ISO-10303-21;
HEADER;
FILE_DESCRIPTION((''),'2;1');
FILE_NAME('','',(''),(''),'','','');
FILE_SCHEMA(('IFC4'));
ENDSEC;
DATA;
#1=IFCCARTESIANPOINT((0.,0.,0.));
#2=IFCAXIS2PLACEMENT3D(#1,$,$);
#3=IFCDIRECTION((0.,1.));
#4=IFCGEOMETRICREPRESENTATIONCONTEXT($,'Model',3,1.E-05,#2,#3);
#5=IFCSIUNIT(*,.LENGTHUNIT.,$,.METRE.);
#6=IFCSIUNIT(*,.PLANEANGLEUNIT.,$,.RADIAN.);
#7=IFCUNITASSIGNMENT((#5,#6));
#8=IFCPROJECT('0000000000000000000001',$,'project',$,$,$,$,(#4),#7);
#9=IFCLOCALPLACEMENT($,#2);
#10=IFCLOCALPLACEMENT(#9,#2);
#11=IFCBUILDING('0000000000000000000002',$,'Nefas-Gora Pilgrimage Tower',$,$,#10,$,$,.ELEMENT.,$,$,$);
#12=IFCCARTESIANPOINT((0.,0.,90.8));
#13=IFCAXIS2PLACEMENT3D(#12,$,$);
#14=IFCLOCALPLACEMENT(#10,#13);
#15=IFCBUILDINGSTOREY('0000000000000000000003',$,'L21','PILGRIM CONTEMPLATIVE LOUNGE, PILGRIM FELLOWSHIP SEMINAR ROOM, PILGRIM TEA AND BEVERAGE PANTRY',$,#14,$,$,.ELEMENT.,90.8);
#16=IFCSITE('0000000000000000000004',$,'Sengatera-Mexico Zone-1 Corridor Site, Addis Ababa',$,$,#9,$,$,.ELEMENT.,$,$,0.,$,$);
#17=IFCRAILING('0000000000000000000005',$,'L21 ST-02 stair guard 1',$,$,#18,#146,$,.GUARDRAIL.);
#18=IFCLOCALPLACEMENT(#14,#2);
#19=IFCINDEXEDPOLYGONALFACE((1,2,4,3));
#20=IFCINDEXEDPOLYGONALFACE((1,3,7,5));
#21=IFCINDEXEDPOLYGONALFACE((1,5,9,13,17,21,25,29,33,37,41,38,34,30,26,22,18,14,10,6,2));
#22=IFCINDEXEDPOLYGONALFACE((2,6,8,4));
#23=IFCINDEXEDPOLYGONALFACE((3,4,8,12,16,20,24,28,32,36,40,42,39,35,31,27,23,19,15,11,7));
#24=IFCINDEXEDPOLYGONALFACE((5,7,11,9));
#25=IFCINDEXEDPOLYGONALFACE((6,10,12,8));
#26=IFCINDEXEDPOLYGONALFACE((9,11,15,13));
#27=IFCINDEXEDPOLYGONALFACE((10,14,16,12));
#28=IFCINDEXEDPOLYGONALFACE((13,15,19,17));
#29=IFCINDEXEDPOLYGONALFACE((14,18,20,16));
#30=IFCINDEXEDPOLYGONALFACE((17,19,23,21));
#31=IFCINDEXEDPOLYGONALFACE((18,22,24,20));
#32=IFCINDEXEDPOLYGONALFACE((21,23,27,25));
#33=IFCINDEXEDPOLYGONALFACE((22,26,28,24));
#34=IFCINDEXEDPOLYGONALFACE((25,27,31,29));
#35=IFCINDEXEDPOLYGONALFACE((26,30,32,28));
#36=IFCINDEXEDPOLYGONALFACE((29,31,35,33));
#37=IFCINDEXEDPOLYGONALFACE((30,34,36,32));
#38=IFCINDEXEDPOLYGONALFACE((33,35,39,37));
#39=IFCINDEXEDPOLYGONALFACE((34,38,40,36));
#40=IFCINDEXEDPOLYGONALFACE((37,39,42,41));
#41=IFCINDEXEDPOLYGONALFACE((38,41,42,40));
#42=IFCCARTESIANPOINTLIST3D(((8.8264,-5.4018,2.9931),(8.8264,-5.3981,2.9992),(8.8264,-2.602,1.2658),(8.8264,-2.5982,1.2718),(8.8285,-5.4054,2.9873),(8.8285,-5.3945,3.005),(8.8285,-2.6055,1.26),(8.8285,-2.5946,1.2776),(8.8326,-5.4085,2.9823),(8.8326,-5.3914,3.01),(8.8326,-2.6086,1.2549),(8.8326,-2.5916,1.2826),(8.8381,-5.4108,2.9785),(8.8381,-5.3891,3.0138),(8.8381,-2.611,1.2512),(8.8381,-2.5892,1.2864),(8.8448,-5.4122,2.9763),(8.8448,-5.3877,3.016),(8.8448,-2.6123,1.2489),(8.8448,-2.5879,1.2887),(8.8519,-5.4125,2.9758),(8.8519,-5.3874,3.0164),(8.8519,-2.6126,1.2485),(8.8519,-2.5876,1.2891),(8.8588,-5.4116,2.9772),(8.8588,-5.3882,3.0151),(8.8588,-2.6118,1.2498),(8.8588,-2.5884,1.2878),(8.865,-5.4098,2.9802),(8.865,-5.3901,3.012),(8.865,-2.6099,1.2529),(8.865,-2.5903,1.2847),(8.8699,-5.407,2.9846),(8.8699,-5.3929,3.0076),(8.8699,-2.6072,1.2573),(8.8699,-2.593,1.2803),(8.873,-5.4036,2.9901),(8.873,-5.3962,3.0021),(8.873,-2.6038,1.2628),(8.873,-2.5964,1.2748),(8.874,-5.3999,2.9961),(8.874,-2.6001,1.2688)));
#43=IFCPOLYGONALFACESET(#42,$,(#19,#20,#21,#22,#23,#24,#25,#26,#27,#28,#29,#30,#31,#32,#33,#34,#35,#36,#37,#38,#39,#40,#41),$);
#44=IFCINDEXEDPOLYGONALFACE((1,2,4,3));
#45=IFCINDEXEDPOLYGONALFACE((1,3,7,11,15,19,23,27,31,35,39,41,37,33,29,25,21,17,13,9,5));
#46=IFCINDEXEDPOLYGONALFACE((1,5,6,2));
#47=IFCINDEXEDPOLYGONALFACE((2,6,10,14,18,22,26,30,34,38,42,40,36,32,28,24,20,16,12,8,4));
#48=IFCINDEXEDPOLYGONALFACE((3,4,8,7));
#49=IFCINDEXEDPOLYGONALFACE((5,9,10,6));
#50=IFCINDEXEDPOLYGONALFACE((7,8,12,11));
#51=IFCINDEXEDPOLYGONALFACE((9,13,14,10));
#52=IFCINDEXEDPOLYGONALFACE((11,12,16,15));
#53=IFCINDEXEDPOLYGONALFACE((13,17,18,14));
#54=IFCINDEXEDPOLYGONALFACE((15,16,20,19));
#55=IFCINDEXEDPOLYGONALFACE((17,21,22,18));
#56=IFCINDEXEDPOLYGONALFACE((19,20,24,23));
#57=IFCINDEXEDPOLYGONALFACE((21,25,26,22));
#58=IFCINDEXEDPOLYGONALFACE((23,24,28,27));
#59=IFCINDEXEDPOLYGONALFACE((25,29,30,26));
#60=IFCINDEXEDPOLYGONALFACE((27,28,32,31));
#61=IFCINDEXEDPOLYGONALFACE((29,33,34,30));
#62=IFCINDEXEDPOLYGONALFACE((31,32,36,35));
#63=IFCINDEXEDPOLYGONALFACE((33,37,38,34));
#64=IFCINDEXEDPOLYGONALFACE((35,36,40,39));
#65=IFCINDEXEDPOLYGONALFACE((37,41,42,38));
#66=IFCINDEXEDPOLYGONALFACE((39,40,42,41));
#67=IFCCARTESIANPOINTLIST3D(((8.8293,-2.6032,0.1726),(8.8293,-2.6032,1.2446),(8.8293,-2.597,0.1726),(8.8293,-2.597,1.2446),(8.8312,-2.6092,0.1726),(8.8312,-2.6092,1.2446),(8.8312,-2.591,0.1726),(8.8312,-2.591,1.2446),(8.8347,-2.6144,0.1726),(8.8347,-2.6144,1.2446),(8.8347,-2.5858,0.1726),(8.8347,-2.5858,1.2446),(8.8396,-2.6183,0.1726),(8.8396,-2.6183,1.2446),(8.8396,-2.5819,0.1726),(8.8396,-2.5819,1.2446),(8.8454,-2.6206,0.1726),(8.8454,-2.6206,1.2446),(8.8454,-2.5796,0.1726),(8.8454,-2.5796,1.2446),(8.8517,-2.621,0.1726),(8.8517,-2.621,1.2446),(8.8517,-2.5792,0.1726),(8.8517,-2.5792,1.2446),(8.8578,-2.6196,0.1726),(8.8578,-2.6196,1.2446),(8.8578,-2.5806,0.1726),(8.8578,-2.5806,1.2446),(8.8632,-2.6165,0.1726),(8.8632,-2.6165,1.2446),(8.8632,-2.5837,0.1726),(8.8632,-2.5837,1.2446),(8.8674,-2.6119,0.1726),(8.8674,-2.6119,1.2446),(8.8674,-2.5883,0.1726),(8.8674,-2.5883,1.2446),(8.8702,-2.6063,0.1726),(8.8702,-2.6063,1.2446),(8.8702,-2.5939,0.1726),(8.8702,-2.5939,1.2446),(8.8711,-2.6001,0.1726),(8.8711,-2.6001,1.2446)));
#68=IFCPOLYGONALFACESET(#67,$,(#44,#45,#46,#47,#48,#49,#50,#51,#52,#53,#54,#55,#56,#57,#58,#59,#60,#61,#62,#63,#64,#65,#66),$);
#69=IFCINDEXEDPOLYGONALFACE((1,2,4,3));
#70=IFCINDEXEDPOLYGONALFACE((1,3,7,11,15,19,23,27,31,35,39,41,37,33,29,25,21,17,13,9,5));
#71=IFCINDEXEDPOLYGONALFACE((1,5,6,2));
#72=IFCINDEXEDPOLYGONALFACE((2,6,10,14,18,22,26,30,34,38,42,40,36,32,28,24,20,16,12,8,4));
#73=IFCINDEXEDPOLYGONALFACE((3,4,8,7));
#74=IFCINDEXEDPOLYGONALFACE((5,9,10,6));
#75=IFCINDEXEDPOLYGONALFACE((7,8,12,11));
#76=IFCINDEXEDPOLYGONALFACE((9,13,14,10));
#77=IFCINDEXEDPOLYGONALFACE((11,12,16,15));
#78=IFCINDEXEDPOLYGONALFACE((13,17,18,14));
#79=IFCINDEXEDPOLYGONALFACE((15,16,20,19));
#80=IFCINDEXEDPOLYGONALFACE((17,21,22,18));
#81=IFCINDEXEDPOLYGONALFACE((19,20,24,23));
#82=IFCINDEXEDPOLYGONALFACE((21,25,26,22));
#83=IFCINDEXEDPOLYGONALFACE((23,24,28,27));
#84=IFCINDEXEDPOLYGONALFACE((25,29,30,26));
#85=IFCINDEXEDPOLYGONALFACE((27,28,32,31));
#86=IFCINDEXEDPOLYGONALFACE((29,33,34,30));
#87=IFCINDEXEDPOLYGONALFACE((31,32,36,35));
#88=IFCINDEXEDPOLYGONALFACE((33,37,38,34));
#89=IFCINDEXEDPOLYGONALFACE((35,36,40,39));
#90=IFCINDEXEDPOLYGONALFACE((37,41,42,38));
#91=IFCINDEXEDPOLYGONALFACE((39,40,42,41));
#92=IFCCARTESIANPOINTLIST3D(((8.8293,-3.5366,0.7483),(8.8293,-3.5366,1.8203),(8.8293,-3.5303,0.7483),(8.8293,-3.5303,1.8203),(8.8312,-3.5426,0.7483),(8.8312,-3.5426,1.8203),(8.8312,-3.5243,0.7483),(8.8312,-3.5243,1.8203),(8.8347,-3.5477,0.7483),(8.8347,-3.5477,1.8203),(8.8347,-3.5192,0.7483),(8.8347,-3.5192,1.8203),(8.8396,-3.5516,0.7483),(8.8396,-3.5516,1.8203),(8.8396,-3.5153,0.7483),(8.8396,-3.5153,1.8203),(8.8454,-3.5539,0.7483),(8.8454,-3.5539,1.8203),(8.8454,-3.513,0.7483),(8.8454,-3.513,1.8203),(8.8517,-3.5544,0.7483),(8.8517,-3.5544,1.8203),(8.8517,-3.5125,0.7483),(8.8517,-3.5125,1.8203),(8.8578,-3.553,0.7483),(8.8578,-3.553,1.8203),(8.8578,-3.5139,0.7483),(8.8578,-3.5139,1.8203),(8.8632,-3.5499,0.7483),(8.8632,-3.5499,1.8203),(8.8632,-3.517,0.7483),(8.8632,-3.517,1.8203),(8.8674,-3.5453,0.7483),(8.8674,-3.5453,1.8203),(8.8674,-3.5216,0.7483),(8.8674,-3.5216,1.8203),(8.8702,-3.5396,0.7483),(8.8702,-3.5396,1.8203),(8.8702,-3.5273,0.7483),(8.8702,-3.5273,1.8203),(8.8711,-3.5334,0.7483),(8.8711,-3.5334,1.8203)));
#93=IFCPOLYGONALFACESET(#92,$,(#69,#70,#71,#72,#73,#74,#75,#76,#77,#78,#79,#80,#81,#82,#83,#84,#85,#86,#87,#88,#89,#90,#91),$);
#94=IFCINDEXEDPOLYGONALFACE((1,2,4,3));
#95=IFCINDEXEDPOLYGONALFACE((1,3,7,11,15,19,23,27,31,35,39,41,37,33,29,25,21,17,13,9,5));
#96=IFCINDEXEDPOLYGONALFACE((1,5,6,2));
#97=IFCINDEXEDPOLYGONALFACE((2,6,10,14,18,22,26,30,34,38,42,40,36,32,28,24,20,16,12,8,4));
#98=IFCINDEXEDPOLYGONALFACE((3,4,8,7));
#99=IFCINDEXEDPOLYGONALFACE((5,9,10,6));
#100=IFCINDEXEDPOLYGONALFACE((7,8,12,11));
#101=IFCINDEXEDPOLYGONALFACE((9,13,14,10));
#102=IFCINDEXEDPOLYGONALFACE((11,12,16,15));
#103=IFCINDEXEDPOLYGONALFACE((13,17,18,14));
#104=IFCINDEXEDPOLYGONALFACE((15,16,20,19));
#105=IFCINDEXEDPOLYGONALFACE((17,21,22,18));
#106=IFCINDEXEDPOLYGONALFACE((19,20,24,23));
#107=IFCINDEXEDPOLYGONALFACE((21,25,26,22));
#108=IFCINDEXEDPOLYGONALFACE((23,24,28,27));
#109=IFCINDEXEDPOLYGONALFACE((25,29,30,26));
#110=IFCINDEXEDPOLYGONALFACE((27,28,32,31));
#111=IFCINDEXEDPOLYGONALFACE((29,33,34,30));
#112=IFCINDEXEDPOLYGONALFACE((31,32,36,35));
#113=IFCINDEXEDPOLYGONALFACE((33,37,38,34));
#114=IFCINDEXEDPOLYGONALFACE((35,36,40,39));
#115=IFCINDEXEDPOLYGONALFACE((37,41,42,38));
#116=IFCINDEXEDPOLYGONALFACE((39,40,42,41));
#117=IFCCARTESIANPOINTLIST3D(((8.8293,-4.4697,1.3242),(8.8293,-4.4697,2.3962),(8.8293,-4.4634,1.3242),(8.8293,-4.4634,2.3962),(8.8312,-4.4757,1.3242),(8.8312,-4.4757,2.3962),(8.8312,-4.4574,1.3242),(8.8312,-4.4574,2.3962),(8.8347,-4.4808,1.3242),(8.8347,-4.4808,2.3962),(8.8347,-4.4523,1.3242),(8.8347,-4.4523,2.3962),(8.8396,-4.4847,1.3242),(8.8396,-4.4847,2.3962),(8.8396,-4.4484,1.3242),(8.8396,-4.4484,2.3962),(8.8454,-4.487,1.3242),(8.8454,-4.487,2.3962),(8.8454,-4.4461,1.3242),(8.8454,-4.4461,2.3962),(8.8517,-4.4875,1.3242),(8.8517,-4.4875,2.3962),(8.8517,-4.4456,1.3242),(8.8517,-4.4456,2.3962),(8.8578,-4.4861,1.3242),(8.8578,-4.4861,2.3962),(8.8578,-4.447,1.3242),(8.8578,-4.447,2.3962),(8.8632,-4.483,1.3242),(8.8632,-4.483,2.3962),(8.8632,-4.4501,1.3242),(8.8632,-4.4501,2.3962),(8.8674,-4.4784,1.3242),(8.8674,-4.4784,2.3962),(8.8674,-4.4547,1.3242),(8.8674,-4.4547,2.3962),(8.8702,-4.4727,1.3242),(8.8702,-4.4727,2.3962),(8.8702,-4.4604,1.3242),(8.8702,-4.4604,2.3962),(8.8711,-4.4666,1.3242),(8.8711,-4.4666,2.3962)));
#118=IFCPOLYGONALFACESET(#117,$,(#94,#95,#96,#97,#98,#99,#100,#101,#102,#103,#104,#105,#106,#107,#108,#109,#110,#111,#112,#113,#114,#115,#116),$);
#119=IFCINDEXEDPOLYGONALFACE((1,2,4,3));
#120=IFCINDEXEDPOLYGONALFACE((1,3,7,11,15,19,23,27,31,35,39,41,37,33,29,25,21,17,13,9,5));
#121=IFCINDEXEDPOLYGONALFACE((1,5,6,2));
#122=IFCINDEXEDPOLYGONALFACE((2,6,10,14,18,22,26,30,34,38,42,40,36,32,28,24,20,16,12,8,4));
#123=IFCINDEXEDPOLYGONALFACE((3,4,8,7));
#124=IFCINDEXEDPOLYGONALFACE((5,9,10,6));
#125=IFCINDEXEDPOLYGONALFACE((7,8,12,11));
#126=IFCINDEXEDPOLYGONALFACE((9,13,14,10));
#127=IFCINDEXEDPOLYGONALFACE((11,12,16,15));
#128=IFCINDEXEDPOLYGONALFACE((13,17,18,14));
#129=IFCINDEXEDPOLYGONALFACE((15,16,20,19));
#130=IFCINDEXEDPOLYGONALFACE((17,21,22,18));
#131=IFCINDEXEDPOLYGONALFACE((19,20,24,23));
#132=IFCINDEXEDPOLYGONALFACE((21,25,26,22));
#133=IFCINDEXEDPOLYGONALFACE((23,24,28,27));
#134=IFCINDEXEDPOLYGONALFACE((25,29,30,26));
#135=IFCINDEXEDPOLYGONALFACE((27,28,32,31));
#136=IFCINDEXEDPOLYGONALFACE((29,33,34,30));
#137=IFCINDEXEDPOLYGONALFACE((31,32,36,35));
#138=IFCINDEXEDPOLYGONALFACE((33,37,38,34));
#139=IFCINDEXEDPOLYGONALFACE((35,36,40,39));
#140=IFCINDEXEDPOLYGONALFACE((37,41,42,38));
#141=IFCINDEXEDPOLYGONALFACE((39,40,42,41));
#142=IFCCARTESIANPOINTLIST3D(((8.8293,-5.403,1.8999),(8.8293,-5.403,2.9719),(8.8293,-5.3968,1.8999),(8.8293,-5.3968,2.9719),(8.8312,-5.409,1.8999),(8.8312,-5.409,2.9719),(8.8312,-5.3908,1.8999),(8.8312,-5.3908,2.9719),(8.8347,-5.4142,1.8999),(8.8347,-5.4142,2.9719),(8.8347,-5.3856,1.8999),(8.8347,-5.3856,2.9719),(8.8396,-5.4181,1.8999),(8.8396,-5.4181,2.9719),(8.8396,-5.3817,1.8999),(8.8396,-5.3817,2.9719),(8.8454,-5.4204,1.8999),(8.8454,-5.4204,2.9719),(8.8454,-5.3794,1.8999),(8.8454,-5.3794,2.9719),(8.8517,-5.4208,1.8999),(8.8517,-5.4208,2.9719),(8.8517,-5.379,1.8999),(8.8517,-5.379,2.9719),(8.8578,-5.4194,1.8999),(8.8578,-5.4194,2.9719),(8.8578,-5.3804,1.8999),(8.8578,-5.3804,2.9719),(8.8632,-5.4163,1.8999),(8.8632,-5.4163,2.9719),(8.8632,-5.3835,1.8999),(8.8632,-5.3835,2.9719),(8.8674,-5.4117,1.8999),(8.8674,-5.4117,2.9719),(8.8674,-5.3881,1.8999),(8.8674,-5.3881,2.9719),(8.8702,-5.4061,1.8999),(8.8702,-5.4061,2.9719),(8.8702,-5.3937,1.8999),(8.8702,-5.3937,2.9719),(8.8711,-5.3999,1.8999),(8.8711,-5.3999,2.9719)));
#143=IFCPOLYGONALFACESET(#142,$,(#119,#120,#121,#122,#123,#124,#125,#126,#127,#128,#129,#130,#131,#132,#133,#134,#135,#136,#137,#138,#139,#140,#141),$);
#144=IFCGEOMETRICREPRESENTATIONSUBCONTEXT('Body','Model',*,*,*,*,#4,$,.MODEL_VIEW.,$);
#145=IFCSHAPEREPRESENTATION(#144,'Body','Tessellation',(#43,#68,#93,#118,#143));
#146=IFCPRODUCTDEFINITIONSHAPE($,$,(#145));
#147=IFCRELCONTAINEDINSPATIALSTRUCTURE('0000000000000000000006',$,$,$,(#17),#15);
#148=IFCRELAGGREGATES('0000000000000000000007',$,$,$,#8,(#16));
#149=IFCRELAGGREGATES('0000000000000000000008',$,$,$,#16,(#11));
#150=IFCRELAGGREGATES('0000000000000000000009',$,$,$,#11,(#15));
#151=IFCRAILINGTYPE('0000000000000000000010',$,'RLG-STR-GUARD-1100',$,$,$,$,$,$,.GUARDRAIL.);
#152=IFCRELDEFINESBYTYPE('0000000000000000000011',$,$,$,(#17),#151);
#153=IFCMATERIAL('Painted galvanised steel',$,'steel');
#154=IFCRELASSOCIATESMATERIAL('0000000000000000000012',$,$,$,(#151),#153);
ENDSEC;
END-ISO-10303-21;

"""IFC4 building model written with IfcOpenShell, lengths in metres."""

from ifc_helpers import new_model, si_unit, direction, frame, origin, origin_2d, place, context, subcontext, project, spatial, circle, extrude, material, type_object, element, save


model = new_model("IFC4")

# Units and contexts
model_context = context("Model", 3, precision=1e-05, world=origin(), true_north=direction((0.0, 1.0)))
body_context = subcontext(model_context, "Body", "Model", "MODEL_VIEW")
ifc_project = project(units=[si_unit("LENGTHUNIT", "METRE"), si_unit("PLANEANGLEUNIT", "RADIAN")], contexts=[model_context])

# Site, building, storey
site_placement = place(None, origin())
site = spatial("IfcSite", under=ifc_project, at=site_placement, Name="Sengatera-Mexico Zone-1 Corridor Site, Addis Ababa", CompositionType="ELEMENT", RefElevation=0.0)
building_placement = place(site_placement, origin())
building = spatial("IfcBuilding", under=site, at=building_placement, Name="Nefas-Gora Pilgrimage Tower", CompositionType="ELEMENT")
storey_placement = place(building_placement, frame((0.0, 0.0, 90.8)))
storey = spatial("IfcBuildingStorey", under=building, at=storey_placement, Name="L21", Description="PILGRIM CONTEMPLATIVE LOUNGE, PILGRIM FELLOWSHIP SEMINAR ROOM, PILGRIM TEA AND BEVERAGE PANTRY", CompositionType="ELEMENT", Elevation=90.8)

# Railing
ifc_material_1 = material(Name="Painted galvanised steel", Category="steel")
railing_type_1 = type_object("IfcRailingType", Name="RLG-STR-GUARD-1100", PredefinedType="GUARDRAIL", material=ifc_material_1)
railing_1_placement = place(storey_placement, frame((8.8501, -2.6001, 0.1726)))
element("IfcRailing", 1, at=railing_1_placement, inside=storey, type_object=railing_type_1, Name="L21 ST-02 stair guard 1", PredefinedType="GUARDRAIL", context=body_context, shape_type="SweptSolid", body=[
    extrude(circle(Radius=0.0239, at=origin_2d()), frame((0.0, 0.0, 1.0962), z_axis=(0.0, -0.851069, 0.525054), x_axis=(1.0, 0.0, 0.0)), (0.0, 0.0, 1.0), 3.2898),
    extrude(circle(Radius=0.021, at=origin_2d()), origin(), (0.0, 0.0, 1.0), 1.072),
    extrude(circle(Radius=0.021, at=origin_2d()), frame((0.0, -0.9333, 0.5757)), (0.0, 0.0, 1.0), 1.072),
    extrude(circle(Radius=0.021, at=origin_2d()), frame((0.0, -1.8665, 1.1516)), (0.0, 0.0, 1.0), 1.072),
    extrude(circle(Radius=0.021, at=origin_2d()), frame((0.0, -2.7998, 1.7273)), (0.0, 0.0, 1.0), 1.072),
])

save(model, "model.ifc")
